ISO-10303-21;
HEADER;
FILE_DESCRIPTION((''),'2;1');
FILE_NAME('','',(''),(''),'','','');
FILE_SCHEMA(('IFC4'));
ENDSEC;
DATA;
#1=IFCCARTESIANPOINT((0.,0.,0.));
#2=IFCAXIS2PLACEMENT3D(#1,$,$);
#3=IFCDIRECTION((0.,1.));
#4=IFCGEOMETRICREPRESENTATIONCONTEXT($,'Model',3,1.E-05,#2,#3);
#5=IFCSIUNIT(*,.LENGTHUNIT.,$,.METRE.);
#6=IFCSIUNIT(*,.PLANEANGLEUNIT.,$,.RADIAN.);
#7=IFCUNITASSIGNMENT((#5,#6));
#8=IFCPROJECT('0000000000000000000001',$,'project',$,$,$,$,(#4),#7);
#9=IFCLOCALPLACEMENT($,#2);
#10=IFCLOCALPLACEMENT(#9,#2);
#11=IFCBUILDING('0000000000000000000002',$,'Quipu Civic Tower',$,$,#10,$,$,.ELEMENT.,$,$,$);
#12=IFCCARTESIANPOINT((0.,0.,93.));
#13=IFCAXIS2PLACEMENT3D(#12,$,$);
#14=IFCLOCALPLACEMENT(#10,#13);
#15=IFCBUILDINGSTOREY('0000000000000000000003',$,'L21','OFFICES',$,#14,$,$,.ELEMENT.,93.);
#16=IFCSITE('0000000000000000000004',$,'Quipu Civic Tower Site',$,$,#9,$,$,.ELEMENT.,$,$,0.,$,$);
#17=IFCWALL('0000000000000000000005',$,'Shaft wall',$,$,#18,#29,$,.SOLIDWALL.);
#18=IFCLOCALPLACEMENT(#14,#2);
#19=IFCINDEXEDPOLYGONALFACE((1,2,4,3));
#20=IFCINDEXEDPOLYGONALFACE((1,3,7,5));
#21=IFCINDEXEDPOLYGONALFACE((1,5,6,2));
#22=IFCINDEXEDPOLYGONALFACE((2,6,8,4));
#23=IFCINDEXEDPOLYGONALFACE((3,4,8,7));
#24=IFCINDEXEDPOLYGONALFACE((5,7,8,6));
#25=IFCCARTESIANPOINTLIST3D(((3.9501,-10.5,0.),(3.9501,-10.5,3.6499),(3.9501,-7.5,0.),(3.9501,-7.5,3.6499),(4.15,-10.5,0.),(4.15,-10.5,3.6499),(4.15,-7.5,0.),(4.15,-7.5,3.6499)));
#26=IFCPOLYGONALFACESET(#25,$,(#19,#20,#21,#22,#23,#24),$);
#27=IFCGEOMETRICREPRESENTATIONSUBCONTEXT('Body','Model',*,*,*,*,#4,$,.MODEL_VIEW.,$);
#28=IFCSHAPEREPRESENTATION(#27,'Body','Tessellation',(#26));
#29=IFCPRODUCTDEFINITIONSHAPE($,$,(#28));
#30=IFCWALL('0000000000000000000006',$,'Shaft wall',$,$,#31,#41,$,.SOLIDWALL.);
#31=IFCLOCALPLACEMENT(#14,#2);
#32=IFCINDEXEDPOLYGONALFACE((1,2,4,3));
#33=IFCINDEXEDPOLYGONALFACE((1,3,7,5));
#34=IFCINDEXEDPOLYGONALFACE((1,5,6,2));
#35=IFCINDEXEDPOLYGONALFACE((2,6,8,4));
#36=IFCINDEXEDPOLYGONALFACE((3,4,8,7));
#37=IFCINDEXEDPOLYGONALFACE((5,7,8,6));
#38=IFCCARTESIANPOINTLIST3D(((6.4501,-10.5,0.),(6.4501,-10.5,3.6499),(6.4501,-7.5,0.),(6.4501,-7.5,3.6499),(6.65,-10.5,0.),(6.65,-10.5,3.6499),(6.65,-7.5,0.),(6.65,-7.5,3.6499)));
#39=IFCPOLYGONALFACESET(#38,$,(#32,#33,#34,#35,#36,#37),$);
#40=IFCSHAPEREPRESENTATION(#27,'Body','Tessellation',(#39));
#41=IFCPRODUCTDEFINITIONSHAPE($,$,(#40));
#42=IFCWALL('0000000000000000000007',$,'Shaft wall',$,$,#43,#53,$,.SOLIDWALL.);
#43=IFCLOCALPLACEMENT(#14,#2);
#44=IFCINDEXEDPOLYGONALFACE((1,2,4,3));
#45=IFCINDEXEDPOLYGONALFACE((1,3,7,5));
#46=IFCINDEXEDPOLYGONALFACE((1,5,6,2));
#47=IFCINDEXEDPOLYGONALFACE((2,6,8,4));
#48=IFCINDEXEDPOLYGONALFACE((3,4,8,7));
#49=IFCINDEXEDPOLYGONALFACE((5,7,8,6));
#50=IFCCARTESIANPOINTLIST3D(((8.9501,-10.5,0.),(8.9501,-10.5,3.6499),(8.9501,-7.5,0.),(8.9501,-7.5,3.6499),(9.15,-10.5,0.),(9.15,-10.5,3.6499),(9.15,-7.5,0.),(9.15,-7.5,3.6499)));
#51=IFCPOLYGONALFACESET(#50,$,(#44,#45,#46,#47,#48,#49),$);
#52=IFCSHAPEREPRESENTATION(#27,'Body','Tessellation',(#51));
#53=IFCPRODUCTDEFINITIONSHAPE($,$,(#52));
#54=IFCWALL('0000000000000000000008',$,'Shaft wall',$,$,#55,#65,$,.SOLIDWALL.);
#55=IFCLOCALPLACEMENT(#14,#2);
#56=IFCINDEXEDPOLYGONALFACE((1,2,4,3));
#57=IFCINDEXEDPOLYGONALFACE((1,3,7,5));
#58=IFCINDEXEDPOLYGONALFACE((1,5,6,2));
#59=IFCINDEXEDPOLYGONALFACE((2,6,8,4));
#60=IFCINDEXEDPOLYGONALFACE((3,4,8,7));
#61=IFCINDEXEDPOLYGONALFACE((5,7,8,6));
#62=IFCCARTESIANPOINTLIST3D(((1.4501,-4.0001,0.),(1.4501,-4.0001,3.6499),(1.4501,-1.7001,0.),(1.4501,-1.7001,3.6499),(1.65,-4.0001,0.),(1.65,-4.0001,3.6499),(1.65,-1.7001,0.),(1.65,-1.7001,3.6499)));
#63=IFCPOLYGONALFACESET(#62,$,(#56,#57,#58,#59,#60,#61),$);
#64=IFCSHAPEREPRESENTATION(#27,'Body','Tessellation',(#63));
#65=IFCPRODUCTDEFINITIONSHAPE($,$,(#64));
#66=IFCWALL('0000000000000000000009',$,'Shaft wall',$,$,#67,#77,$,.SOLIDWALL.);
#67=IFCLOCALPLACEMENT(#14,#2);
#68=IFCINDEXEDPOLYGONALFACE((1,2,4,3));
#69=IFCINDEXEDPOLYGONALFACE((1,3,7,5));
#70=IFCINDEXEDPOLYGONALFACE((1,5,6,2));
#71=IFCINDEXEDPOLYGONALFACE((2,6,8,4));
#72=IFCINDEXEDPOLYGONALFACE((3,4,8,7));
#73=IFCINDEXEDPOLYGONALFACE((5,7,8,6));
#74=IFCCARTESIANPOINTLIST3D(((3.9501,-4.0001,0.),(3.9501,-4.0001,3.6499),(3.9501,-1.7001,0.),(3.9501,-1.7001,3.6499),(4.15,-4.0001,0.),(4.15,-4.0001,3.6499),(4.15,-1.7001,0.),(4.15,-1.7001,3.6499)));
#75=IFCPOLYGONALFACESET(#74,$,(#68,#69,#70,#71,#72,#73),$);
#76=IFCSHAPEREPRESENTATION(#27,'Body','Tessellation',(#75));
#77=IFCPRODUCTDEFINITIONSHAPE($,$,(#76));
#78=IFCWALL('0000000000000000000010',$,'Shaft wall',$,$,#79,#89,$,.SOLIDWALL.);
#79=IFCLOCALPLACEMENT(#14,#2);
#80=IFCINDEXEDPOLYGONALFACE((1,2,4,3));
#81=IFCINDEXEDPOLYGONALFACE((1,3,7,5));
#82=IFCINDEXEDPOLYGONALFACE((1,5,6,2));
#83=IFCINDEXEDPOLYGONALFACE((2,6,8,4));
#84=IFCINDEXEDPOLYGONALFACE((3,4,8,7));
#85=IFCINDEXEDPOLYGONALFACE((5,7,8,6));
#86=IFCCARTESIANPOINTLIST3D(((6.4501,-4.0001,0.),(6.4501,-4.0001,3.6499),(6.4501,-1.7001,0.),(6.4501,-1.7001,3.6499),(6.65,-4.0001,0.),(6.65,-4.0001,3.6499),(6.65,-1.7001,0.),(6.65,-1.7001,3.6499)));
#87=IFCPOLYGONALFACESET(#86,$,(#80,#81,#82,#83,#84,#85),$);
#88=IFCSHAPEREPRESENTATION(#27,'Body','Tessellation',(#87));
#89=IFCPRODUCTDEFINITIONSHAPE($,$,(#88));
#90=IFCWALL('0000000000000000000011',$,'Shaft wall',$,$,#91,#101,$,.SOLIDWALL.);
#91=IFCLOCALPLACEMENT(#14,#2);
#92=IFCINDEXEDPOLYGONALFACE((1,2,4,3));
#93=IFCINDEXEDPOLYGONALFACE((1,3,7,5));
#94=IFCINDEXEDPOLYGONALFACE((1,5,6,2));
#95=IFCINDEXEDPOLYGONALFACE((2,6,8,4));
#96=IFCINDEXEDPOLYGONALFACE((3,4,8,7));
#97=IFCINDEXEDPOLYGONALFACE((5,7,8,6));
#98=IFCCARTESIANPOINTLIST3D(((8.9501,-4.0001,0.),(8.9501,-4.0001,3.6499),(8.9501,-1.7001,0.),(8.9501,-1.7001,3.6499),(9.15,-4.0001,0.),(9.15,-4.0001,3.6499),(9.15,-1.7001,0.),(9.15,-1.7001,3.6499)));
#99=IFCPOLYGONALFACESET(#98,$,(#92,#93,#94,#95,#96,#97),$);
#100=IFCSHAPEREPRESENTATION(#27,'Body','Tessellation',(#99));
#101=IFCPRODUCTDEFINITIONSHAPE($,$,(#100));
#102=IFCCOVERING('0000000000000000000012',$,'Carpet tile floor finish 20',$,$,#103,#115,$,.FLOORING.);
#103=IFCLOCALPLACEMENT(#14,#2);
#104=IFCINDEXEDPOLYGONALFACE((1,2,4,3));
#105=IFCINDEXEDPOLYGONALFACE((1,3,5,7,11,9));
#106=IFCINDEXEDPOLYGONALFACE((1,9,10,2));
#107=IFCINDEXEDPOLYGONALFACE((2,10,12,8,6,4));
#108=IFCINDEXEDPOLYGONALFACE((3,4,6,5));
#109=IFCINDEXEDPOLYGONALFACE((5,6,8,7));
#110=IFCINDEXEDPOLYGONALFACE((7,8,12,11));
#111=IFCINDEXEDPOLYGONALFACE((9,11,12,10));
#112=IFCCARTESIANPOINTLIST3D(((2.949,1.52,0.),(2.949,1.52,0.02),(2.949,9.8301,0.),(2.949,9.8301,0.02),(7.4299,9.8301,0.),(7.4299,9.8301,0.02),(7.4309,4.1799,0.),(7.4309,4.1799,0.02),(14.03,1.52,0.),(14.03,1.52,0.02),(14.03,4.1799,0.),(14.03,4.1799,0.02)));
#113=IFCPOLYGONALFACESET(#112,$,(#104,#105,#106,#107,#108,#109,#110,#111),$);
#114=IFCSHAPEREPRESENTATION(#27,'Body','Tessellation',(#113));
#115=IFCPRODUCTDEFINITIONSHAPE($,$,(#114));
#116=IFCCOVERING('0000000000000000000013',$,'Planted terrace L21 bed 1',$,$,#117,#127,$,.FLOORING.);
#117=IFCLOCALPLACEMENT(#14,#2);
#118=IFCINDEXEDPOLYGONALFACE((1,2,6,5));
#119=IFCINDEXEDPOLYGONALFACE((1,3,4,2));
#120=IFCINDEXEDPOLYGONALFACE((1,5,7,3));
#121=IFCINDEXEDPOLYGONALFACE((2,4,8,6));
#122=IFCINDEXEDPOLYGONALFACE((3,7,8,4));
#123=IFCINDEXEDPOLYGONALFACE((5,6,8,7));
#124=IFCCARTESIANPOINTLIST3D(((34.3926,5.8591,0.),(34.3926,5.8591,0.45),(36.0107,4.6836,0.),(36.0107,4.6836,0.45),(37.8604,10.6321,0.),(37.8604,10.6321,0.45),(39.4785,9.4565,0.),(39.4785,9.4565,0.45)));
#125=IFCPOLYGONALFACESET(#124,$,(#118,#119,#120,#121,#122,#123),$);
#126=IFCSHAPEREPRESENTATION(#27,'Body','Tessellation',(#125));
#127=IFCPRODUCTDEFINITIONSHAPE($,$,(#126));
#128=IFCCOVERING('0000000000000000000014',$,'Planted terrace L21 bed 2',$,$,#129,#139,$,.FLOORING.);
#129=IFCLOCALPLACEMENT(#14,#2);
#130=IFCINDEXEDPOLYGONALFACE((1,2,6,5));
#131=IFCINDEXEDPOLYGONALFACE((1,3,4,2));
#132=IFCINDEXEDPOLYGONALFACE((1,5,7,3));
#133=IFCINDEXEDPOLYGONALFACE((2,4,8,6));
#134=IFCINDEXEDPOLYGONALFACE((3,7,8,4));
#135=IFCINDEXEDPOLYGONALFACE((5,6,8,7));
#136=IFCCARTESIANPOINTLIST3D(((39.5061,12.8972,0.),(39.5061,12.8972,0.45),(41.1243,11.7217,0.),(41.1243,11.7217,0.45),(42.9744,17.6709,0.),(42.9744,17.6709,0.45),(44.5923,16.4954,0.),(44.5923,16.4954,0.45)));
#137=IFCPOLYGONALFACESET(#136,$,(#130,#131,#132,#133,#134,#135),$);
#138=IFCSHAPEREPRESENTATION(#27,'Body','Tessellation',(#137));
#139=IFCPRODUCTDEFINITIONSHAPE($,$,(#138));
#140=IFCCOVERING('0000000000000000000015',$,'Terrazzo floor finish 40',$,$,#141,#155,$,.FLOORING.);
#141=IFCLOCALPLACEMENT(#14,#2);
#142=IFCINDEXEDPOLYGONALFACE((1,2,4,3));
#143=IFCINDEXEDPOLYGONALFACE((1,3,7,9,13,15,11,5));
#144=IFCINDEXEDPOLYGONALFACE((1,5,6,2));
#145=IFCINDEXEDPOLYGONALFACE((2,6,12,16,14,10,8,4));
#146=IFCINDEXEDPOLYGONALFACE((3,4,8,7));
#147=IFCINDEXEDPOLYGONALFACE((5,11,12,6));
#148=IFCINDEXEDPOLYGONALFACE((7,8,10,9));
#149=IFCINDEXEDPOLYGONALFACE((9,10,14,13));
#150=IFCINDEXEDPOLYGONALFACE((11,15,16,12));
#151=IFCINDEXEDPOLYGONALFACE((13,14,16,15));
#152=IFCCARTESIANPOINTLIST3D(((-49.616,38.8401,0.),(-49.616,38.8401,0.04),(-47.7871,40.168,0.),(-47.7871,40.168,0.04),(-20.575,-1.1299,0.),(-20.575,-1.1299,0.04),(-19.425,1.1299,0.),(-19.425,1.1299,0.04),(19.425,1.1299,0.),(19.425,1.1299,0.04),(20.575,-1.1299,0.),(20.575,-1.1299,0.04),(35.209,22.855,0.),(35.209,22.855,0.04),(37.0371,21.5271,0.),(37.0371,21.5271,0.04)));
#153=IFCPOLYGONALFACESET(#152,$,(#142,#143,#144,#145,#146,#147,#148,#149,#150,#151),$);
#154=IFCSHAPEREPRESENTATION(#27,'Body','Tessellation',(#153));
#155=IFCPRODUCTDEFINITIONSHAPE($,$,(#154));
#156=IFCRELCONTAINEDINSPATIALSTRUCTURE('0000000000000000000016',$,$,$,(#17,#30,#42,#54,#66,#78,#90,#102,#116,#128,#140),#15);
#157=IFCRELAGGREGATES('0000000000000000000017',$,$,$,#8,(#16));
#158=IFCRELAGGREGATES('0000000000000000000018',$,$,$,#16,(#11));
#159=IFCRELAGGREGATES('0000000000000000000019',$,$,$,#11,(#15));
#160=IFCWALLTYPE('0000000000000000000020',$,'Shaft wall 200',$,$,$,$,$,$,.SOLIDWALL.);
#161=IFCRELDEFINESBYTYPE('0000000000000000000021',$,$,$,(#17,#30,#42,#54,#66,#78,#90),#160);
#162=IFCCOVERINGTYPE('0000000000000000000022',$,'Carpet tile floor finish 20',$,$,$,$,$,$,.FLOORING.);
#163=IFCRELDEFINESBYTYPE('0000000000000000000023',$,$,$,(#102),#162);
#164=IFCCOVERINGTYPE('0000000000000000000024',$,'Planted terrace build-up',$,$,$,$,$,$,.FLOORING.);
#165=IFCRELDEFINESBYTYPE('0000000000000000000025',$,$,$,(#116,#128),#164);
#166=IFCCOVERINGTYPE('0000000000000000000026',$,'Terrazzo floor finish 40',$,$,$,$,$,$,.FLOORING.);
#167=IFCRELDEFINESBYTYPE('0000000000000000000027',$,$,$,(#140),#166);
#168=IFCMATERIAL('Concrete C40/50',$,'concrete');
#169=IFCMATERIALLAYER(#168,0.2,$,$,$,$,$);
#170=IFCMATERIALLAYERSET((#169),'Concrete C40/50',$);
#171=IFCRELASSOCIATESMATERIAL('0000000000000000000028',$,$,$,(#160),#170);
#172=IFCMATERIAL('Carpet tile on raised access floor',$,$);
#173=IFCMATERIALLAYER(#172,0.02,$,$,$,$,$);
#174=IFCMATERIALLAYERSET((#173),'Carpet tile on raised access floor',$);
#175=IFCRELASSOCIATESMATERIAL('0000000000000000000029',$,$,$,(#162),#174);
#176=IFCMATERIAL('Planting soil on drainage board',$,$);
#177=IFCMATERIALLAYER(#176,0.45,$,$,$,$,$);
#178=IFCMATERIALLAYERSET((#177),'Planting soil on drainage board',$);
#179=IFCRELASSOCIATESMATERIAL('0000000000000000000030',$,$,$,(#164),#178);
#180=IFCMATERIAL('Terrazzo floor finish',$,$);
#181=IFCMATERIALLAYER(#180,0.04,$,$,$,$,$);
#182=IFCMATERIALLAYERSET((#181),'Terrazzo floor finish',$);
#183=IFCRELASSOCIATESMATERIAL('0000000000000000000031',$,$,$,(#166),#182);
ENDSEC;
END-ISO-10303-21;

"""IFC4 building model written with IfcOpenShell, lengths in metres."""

from ifc_helpers import new_model, si_unit, direction, frame, frame_2d, origin, place, context, subcontext, project, spatial, polyline, rectangle, outline, extrude, material, layer, layer_set, type_object, element, save


model = new_model("IFC4")

# Units and contexts
model_context = context("Model", 3, precision=1e-05, world=origin(), true_north=direction((0.0, 1.0)))
body_context = subcontext(model_context, "Body", "Model", "MODEL_VIEW")
ifc_project = project(units=[si_unit("LENGTHUNIT", "METRE"), si_unit("PLANEANGLEUNIT", "RADIAN")], contexts=[model_context])

# Site, building, storey
site_placement = place(None, origin())
site = spatial("IfcSite", under=ifc_project, at=site_placement, Name="Quipu Civic Tower Site", CompositionType="ELEMENT", RefElevation=0.0)
building_placement = place(site_placement, origin())
building = spatial("IfcBuilding", under=site, at=building_placement, Name="Quipu Civic Tower", CompositionType="ELEMENT")
storey_placement = place(building_placement, frame((0.0, 0.0, 93.0)))
storey = spatial("IfcBuildingStorey", under=building, at=storey_placement, Name="L21", Description="OFFICES", CompositionType="ELEMENT", Elevation=93.0)

# Walls
ifc_material_1 = material(Name="Concrete C40/50", Category="concrete")
ifc_layer_1 = layer(ifc_material_1, 0.2)
ifc_layer_set_1 = layer_set([ifc_layer_1], Name="Concrete C40/50")
wall_type_1 = type_object("IfcWallType", Name="Shaft wall 200", PredefinedType="SOLIDWALL", material=ifc_layer_set_1)
for number, where, z_axis, x_axis, name in (
    (1, (4.05, -10.5, 0.0), (0.0, 0.0, 1.0), (0.0, 1.0, 0.0), "Shaft wall"),
    (2, (6.55, -10.5, 0.0), (0.0, 0.0, 1.0), (0.0, 1.0, 0.0), "Shaft wall"),
    (3, (9.05, -10.5, 0.0), (0.0, 0.0, 1.0), (0.0, 1.0, 0.0), "Shaft wall"),
):
    element("IfcWall", number, at=place(storey_placement, frame(where, z_axis=z_axis, x_axis=x_axis)), inside=storey, type_object=wall_type_1, Name=name, PredefinedType="SOLIDWALL", context=body_context, shape_type="SweptSolid", body=[
        extrude(rectangle(XDim=3.0, YDim=0.2, at=frame_2d((1.5, 0.0))), origin(), (0.0, 0.0, 1.0), 3.6499),
    ])
for number, where, z_axis, x_axis, name in (
    (4, (1.55, -4.0, 0.0), (0.0, 0.0, 1.0), (0.0, 1.0, 0.0), "Shaft wall"),
    (5, (4.05, -4.0, 0.0), (0.0, 0.0, 1.0), (0.0, 1.0, 0.0), "Shaft wall"),
    (6, (6.55, -4.0, 0.0), (0.0, 0.0, 1.0), (0.0, 1.0, 0.0), "Shaft wall"),
    (7, (9.05, -4.0, 0.0), (0.0, 0.0, 1.0), (0.0, 1.0, 0.0), "Shaft wall"),
):
    element("IfcWall", number, at=place(storey_placement, frame(where, z_axis=z_axis, x_axis=x_axis)), inside=storey, type_object=wall_type_1, Name=name, PredefinedType="SOLIDWALL", context=body_context, shape_type="SweptSolid", body=[
        extrude(rectangle(XDim=2.3, YDim=0.2, at=frame_2d((1.1499, 0.0))), origin(), (0.0, 0.0, 1.0), 3.6499),
    ])

# Coverings
ifc_material_2 = material(Name="Carpet tile on raised access floor")
ifc_layer_2 = layer(ifc_material_2, 0.02)
ifc_layer_set_2 = layer_set([ifc_layer_2], Name="Carpet tile on raised access floor")
covering_type_1 = type_object("IfcCoveringType", Name="Carpet tile floor finish 20", PredefinedType="FLOORING", material=ifc_layer_set_2)
covering_1_placement = place(storey_placement, origin())
element("IfcCovering", 8, at=covering_1_placement, inside=storey, type_object=covering_type_1, Name="Carpet tile floor finish 20", PredefinedType="FLOORING", context=body_context, shape_type="SweptSolid", body=[
    extrude(outline(polyline([(2.949, 1.52), (2.949, 9.8301), (7.4299, 9.8301), (7.4309, 4.1799), (14.03, 4.1799), (14.03, 1.52), (2.949, 1.52)])), origin(), (0.0, 0.0, 1.0), 0.02),
])
ifc_material_3 = material(Name="Planting soil on drainage board")
ifc_layer_3 = layer(ifc_material_3, 0.45)
ifc_layer_set_3 = layer_set([ifc_layer_3], Name="Planting soil on drainage board")
covering_type_2 = type_object("IfcCoveringType", Name="Planted terrace build-up", PredefinedType="FLOORING", material=ifc_layer_set_3)
covering_2_placement = place(storey_placement, origin())
element("IfcCovering", 9, at=covering_2_placement, inside=storey, type_object=covering_type_2, Name="Planted terrace L21 bed 1", PredefinedType="FLOORING", context=body_context, shape_type="SweptSolid", body=[
    extrude(outline(polyline([(37.8604, 10.6321), (39.4785, 9.4565), (36.0107, 4.6836), (34.3926, 5.8591), (37.8604, 10.6321)])), origin(), (0.0, 0.0, 1.0), 0.45),
])
covering_3_placement = place(storey_placement, origin())
element("IfcCovering", 10, at=covering_3_placement, inside=storey, type_object=covering_type_2, Name="Planted terrace L21 bed 2", PredefinedType="FLOORING", context=body_context, shape_type="SweptSolid", body=[
    extrude(outline(polyline([(42.9744, 17.6709), (44.5923, 16.4954), (41.1243, 11.7217), (39.5061, 12.8972), (42.9744, 17.6709)])), origin(), (0.0, 0.0, 1.0), 0.45),
])
ifc_material_4 = material(Name="Terrazzo floor finish")
ifc_layer_4 = layer(ifc_material_4, 0.04)
ifc_layer_set_4 = layer_set([ifc_layer_4], Name="Terrazzo floor finish")
covering_type_3 = type_object("IfcCoveringType", Name="Terrazzo floor finish 40", PredefinedType="FLOORING", material=ifc_layer_set_4)
covering_4_placement = place(storey_placement, origin())
element("IfcCovering", 11, at=covering_4_placement, inside=storey, type_object=covering_type_3, Name="Terrazzo floor finish 40", PredefinedType="FLOORING", context=body_context, shape_type="SweptSolid", body=[
    extrude(outline(polyline([(20.575, -1.1299), (-20.575, -1.1299), (-49.616, 38.8401), (-47.7871, 40.168), (-19.425, 1.1299), (19.425, 1.1299), (35.209, 22.855), (37.0371, 21.5271), (20.575, -1.1299)])), origin(), (0.0, 0.0, 1.0), 0.04),
])

save(model, "model.ifc")
